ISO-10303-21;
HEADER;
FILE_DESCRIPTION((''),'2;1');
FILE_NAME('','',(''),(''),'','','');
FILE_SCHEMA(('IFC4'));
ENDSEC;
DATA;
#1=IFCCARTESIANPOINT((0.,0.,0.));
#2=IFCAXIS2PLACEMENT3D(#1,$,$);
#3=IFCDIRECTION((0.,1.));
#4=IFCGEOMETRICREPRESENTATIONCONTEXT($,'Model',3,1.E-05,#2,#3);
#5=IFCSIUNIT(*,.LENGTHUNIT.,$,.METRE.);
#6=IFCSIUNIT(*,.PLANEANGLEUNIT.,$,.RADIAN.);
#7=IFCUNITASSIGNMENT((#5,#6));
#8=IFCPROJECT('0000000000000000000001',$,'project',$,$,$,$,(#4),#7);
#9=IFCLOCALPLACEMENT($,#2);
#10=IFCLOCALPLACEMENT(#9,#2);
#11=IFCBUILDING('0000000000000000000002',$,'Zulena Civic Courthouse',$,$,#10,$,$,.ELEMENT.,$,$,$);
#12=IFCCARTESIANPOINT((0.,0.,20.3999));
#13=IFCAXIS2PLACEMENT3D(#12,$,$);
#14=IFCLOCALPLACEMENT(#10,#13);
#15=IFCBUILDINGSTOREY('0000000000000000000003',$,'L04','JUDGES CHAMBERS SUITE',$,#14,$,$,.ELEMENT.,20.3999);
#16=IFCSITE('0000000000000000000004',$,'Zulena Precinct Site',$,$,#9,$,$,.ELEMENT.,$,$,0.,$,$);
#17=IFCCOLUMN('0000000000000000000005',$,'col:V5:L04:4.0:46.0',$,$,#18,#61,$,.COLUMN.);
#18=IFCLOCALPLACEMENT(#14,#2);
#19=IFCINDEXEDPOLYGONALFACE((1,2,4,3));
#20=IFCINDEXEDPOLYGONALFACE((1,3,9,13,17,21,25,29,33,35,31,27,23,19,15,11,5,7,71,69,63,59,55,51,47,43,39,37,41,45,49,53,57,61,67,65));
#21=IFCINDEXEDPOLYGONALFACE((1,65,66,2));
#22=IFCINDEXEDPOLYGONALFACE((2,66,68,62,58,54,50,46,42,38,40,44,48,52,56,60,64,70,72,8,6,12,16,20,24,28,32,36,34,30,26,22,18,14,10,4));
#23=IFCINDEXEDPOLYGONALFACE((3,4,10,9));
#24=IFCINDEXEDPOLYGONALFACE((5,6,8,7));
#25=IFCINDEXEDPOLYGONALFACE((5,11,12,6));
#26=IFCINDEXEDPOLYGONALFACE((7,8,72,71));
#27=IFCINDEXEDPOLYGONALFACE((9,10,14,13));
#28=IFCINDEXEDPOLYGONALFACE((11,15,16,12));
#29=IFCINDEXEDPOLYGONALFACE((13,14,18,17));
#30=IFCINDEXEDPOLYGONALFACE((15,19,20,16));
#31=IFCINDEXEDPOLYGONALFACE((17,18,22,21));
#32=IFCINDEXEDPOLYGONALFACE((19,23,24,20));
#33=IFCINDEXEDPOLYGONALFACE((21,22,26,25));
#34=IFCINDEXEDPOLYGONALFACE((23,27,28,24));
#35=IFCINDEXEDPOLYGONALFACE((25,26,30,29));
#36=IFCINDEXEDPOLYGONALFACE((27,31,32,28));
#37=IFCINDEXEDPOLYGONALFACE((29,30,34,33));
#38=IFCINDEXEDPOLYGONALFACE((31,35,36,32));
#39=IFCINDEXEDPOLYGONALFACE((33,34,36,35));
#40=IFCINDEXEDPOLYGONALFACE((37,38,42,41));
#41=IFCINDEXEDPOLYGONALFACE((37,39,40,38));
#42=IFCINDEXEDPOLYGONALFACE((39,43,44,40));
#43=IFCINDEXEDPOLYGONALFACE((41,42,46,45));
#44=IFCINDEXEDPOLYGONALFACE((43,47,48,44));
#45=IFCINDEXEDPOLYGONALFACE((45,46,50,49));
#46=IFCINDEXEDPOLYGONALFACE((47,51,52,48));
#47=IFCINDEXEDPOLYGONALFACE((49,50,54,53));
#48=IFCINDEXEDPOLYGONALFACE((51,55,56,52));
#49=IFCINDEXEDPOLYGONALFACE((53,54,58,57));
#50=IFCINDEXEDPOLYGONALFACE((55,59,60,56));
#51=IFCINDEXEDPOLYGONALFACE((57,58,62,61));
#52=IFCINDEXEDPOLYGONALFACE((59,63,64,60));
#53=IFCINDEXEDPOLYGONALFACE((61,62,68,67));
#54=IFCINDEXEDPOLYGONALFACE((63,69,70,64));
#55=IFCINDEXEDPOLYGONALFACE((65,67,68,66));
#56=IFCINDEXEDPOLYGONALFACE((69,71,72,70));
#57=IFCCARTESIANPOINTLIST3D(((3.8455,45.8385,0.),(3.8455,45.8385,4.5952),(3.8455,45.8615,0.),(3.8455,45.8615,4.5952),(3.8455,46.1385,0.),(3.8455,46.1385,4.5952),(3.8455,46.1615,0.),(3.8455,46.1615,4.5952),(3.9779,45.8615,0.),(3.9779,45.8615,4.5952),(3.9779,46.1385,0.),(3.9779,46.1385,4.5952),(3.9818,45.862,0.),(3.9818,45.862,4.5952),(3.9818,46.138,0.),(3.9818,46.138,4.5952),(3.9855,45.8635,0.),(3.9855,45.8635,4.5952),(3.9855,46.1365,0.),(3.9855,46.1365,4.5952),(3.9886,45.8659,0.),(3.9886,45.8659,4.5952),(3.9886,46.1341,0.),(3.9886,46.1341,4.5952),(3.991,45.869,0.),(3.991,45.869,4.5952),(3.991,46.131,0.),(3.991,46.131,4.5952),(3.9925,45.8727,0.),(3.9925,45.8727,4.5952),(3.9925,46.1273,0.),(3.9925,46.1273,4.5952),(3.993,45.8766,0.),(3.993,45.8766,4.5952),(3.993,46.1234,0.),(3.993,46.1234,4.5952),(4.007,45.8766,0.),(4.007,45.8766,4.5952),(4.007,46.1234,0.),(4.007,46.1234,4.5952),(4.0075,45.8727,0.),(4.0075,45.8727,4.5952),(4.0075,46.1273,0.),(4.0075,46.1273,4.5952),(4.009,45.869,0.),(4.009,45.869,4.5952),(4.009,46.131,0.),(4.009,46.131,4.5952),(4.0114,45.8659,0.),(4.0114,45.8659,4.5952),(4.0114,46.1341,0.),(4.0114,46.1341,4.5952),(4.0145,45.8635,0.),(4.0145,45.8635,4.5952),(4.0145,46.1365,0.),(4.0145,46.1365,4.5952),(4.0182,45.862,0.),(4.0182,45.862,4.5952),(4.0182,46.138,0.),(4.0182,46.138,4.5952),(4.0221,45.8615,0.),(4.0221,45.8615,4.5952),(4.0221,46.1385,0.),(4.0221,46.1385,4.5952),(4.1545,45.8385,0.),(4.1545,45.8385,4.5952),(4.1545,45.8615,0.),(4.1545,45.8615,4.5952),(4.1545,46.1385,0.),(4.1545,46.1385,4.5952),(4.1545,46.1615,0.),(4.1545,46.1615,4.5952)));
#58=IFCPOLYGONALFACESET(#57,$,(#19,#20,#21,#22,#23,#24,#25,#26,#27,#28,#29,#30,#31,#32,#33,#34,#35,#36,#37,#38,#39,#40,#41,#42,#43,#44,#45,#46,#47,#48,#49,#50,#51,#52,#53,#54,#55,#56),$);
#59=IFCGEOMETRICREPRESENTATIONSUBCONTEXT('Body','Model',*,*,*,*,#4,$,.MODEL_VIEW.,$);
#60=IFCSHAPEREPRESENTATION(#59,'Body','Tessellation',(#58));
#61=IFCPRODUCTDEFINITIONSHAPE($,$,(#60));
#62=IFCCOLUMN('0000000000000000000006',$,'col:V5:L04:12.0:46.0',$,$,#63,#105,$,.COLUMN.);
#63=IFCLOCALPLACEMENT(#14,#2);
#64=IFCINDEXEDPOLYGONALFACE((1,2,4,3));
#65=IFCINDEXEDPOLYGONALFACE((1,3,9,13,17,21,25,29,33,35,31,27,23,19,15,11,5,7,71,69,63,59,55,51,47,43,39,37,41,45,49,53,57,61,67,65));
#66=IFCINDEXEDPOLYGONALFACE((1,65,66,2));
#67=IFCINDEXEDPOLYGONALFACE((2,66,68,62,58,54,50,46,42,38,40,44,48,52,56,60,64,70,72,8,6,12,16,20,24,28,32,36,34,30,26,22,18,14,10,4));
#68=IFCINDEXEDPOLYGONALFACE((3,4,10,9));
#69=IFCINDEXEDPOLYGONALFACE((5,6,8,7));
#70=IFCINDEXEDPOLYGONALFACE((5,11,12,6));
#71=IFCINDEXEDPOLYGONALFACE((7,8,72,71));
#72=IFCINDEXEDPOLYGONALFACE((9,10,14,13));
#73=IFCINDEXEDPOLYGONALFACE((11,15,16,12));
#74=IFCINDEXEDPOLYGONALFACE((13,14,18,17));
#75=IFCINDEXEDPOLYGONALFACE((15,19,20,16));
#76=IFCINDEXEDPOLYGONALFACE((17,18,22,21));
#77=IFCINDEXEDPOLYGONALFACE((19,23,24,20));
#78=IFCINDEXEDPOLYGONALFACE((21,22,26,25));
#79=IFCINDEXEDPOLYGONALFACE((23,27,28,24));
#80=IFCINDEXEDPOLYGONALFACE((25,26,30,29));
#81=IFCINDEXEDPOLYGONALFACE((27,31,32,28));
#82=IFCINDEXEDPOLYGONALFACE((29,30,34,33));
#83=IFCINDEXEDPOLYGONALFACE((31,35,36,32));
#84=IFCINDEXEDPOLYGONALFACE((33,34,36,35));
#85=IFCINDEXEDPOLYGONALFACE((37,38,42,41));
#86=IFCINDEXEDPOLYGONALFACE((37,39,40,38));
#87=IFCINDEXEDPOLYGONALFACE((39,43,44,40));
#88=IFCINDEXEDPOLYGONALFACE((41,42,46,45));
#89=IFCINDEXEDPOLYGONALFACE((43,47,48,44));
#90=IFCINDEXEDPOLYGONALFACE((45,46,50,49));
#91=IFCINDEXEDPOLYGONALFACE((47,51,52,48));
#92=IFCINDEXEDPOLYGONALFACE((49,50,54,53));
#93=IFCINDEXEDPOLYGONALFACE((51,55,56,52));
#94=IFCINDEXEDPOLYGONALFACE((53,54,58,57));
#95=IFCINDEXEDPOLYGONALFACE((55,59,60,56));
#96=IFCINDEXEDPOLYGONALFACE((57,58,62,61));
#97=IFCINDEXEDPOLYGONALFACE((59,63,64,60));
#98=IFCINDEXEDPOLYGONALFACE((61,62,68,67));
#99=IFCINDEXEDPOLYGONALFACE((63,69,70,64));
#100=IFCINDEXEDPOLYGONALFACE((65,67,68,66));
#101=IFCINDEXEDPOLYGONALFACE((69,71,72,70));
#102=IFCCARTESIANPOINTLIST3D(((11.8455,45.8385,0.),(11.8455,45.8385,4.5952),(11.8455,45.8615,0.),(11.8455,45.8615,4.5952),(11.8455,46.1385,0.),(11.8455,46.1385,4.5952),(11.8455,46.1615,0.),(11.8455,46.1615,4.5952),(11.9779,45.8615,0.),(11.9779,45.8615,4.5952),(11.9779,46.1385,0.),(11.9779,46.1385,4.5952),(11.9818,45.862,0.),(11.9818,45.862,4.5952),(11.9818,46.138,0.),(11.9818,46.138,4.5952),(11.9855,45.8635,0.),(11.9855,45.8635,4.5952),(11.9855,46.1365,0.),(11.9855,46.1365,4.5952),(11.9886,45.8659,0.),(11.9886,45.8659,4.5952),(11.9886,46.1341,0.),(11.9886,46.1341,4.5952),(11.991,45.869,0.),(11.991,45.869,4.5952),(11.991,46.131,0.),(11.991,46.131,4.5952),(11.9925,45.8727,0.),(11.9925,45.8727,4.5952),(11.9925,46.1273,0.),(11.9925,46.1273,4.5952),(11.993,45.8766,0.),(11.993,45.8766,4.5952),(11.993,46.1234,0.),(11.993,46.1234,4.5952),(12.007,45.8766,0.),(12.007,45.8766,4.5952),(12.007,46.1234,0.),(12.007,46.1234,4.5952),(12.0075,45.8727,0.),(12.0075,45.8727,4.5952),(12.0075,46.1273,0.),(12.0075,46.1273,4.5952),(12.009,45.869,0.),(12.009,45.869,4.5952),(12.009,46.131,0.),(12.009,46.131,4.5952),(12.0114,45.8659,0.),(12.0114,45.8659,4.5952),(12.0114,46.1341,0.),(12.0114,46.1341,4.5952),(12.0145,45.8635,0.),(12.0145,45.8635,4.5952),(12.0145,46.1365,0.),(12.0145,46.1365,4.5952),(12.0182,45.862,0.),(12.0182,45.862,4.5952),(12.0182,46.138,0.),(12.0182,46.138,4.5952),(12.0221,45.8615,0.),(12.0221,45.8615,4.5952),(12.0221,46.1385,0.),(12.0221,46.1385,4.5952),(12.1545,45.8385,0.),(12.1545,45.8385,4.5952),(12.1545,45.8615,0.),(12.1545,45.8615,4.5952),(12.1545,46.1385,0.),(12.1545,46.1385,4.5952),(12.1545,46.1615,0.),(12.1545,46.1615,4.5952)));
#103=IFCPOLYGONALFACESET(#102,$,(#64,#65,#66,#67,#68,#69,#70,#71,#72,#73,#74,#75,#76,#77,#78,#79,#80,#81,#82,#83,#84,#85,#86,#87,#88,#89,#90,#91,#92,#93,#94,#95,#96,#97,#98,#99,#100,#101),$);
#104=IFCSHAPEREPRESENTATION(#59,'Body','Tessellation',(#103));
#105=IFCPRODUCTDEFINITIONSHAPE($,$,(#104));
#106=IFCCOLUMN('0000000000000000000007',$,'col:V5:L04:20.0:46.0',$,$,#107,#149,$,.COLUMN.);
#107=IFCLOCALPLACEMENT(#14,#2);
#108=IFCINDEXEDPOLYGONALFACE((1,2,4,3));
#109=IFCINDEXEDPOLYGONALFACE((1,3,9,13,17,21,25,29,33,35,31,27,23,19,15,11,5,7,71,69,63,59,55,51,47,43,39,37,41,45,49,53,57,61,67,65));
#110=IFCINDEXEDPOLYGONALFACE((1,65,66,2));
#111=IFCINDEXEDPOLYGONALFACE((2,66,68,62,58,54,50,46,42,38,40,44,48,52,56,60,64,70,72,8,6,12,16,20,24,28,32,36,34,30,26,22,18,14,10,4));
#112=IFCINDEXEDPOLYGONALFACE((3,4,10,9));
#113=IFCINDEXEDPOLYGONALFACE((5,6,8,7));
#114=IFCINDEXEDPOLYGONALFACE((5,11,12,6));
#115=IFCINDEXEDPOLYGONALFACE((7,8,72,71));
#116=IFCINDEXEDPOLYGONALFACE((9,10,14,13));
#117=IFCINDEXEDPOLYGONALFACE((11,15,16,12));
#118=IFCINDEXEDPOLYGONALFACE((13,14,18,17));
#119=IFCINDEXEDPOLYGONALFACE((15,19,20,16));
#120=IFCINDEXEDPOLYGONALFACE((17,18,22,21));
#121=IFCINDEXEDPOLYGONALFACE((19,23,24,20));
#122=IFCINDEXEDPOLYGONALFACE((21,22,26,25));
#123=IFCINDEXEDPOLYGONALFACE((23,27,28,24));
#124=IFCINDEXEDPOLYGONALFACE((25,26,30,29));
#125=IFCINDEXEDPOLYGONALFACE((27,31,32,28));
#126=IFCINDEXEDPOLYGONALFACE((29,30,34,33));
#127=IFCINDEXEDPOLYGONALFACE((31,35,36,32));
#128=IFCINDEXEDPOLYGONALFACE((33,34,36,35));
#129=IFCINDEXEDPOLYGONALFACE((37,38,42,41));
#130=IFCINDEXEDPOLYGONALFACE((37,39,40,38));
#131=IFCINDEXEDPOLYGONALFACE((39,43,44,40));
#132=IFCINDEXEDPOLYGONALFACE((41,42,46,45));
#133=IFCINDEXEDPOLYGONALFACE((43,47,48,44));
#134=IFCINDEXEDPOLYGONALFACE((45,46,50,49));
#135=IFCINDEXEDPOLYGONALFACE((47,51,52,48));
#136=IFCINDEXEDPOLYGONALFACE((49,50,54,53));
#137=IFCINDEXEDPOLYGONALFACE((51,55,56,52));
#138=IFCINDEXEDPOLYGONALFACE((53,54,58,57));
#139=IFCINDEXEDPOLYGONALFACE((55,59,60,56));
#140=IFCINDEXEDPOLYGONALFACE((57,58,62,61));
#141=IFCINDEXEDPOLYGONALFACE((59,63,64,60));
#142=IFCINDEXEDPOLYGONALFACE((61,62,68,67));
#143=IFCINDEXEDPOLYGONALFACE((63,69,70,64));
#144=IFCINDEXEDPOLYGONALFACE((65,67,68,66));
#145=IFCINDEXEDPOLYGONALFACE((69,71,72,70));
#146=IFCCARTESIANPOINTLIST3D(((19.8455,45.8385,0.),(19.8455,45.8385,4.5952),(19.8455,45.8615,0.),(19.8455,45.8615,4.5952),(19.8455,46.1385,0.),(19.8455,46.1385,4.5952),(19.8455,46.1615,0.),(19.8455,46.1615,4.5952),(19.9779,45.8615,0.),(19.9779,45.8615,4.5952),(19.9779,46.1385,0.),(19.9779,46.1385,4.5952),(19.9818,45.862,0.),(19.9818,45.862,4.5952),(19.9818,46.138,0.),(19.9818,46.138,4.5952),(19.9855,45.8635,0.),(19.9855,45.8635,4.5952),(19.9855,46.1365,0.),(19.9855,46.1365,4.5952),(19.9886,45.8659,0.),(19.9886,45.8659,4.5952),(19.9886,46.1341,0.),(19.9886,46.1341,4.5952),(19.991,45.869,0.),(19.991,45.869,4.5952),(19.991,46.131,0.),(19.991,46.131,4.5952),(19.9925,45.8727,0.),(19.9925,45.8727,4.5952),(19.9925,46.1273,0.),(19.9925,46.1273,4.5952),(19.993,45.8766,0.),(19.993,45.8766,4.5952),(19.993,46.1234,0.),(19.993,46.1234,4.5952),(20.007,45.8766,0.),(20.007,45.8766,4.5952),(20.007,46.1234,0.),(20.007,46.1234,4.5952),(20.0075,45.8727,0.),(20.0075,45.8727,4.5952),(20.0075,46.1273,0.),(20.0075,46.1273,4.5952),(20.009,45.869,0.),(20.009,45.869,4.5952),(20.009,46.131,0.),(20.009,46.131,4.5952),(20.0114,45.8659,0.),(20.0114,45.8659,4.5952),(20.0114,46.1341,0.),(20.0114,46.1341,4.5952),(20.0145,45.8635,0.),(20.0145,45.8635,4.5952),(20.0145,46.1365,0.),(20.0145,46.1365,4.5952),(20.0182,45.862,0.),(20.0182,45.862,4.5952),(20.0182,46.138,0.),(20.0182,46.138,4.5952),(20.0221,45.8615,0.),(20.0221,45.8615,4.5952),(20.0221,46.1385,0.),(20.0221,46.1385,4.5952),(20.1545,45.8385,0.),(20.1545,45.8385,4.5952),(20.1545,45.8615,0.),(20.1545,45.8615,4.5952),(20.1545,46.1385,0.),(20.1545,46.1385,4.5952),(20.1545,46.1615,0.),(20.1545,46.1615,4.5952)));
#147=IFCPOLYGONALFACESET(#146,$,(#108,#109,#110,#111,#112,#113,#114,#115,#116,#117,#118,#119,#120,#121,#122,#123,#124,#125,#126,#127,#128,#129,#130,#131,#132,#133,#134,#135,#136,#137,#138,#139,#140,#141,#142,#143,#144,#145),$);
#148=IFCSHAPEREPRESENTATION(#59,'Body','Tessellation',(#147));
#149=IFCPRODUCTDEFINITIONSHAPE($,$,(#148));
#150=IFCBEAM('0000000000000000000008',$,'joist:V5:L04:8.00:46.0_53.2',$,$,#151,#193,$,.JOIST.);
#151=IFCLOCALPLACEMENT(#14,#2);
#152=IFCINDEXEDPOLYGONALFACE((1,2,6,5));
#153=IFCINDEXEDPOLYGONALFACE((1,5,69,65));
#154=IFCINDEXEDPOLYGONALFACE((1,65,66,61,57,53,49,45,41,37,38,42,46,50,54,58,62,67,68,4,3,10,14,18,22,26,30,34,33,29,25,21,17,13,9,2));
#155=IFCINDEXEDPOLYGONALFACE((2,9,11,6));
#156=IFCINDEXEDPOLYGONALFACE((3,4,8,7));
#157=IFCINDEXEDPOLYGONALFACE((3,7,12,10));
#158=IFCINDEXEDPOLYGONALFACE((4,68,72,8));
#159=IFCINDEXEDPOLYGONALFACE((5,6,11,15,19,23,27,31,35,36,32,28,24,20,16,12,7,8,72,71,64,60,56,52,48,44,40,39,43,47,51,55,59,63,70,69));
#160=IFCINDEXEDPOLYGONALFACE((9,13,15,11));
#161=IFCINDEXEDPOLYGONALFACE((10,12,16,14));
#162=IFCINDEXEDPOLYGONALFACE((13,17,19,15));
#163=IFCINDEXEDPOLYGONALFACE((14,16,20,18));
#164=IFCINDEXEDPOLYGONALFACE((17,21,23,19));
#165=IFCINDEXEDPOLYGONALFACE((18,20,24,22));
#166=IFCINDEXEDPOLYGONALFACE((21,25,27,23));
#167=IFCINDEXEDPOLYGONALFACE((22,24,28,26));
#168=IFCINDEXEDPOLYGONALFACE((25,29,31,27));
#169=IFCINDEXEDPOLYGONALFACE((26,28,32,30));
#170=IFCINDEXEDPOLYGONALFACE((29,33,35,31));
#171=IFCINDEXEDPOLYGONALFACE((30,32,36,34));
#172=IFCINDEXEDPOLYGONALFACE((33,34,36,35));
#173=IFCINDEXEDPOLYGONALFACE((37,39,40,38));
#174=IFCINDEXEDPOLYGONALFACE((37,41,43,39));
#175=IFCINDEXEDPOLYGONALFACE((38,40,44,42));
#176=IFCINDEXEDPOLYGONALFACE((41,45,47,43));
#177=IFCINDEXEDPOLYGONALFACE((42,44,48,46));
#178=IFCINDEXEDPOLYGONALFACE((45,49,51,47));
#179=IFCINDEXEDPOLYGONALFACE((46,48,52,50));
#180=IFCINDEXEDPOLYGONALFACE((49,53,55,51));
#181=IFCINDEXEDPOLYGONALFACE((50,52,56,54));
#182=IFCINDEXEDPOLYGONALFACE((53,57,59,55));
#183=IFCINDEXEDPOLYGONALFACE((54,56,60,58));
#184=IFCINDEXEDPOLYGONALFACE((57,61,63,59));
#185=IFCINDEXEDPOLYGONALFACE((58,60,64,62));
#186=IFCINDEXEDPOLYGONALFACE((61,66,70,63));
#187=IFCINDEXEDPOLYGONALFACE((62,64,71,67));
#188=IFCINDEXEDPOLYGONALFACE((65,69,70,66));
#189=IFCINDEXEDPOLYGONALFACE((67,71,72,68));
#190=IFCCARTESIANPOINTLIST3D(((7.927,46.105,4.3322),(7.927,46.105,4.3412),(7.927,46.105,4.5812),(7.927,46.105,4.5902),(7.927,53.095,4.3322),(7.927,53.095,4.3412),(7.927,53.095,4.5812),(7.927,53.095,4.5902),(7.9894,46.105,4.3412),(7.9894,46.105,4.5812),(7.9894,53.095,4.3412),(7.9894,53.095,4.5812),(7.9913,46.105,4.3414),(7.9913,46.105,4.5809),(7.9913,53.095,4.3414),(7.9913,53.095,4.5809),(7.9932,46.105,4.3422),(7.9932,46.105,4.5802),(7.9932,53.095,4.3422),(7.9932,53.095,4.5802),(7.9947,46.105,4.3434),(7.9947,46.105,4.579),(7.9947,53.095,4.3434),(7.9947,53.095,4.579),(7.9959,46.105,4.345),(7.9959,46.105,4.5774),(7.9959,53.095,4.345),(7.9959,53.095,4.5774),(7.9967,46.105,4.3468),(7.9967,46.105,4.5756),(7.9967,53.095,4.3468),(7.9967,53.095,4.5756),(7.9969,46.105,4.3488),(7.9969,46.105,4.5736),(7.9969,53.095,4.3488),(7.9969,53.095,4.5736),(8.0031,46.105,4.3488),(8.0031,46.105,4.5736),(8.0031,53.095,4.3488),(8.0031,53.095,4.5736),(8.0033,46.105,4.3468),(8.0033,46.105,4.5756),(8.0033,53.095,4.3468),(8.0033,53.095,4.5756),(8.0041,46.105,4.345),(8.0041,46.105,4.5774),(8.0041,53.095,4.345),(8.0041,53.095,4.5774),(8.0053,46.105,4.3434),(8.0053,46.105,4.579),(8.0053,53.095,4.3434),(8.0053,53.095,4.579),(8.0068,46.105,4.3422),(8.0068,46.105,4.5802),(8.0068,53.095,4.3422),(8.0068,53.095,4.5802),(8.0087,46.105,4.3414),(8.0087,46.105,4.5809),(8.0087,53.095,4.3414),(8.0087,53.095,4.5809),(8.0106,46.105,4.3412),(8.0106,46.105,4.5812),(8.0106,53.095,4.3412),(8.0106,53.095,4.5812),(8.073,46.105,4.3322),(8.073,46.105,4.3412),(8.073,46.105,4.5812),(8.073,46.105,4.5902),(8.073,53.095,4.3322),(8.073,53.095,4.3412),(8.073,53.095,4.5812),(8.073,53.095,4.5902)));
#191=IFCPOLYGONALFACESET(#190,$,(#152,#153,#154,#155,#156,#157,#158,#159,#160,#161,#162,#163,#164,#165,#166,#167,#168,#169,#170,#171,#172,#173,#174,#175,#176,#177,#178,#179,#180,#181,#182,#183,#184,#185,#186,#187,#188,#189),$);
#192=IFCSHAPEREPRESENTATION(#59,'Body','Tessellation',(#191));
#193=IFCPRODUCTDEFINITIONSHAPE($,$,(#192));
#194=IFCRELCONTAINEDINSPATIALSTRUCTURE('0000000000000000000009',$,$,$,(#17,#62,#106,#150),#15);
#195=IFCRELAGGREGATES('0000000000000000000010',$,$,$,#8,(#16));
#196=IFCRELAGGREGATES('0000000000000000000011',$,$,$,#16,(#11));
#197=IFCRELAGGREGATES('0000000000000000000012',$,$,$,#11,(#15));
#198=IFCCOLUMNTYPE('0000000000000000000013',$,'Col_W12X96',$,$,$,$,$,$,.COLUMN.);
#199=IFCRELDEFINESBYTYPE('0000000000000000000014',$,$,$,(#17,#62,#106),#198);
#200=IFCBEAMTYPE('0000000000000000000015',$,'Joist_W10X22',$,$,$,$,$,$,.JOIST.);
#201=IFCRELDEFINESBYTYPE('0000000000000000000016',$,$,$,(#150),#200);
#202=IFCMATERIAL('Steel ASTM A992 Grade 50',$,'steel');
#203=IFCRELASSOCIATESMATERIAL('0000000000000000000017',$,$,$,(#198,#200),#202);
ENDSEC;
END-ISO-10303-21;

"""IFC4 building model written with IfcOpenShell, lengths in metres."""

from ifc_helpers import new_model, si_unit, direction, frame, origin, origin_2d, place, context, subcontext, project, spatial, i_section, extrude, material, material_profile, profile_set, type_object, element, save


model = new_model("IFC4")

# Units and contexts
model_context = context("Model", 3, precision=1e-05, world=origin(), true_north=direction((0.0, 1.0)))
body_context = subcontext(model_context, "Body", "Model", "MODEL_VIEW")
ifc_project = project(units=[si_unit("LENGTHUNIT", "METRE"), si_unit("PLANEANGLEUNIT", "RADIAN")], contexts=[model_context])

# Site, building, storey
site_placement = place(None, origin())
site = spatial("IfcSite", under=ifc_project, at=site_placement, Name="Zulena Precinct Site", CompositionType="ELEMENT", RefElevation=0.0)
building_placement = place(site_placement, origin())
building = spatial("IfcBuilding", under=site, at=building_placement, Name="Zulena Civic Courthouse", CompositionType="ELEMENT")
storey_placement = place(building_placement, frame((0.0, 0.0, 20.3999)))
storey = spatial("IfcBuildingStorey", under=building, at=storey_placement, Name="L04", Description="JUDGES CHAMBERS SUITE", CompositionType="ELEMENT", Elevation=20.3999)

# Columns
ifc_material_1 = material(Name="Steel ASTM A992 Grade 50", Category="steel")
ifc_material_profile_1 = material_profile(ifc_material_1, i_section(OverallWidth=0.3091, OverallDepth=0.323, WebThickness=0.0139, FlangeThickness=0.0229, FilletRadius=0.0151, at=origin_2d()), Name="W12X96")
ifc_profile_set_1 = profile_set([ifc_material_profile_1], Name="Steel ASTM A992 Grade 50")
column_type = type_object("IfcColumnType", Name="Col_W12X96", PredefinedType="COLUMN", material=ifc_profile_set_1)
for number, where, z_axis, x_axis, name in (
    (1, (4.0, 46.0, 0.0), (0.0, 0.0, 1.0), (1.0, 0.0, 0.0), "col:V5:L04:4.0:46.0"),
    (2, (12.0, 46.0, 0.0), (0.0, 0.0, 1.0), (1.0, 0.0, 0.0), "col:V5:L04:12.0:46.0"),
    (3, (20.0, 46.0, 0.0), (0.0, 0.0, 1.0), (1.0, 0.0, 0.0), "col:V5:L04:20.0:46.0"),
):
    element("IfcColumn", number, at=place(storey_placement, frame(where, z_axis=z_axis, x_axis=x_axis)), inside=storey, type_object=column_type, Name=name, PredefinedType="COLUMN", context=body_context, shape_type="SweptSolid", body=[
        extrude(i_section(OverallWidth=0.3091, OverallDepth=0.323, WebThickness=0.0139, FlangeThickness=0.0229, FilletRadius=0.0151, at=origin_2d()), origin(), (0.0, 0.0, 1.0), 4.5952),
    ])

# Beam
ifc_material_profile_2 = material_profile(ifc_material_1, i_section(OverallWidth=0.146, OverallDepth=0.2581, WebThickness=0.0061, FlangeThickness=0.009, FilletRadius=0.0076, at=origin_2d()), Name="W10X22")
ifc_profile_set_2 = profile_set([ifc_material_profile_2], Name="Steel ASTM A992 Grade 50")
beam_type_1 = type_object("IfcBeamType", Name="Joist_W10X22", PredefinedType="JOIST", material=ifc_profile_set_2)
for number, where, z_axis, x_axis, name in (
    (4, (8.0, 46.105, 4.4612), (0.0, 1.0, 0.0), (-1.0, 0.0, 0.0), "joist:V5:L04:8.00:46.0_53.2"),
):
    element("IfcBeam", number, at=place(storey_placement, frame(where, z_axis=z_axis, x_axis=x_axis)), inside=storey, type_object=beam_type_1, Name=name, PredefinedType="JOIST", context=body_context, shape_type="SweptSolid", body=[
        extrude(i_section(OverallWidth=0.146, OverallDepth=0.2581, WebThickness=0.0061, FlangeThickness=0.009, FilletRadius=0.0076, at=origin_2d()), origin(), (0.0, 0.0, 1.0), 6.99),
    ])

save(model, "model.ifc")
